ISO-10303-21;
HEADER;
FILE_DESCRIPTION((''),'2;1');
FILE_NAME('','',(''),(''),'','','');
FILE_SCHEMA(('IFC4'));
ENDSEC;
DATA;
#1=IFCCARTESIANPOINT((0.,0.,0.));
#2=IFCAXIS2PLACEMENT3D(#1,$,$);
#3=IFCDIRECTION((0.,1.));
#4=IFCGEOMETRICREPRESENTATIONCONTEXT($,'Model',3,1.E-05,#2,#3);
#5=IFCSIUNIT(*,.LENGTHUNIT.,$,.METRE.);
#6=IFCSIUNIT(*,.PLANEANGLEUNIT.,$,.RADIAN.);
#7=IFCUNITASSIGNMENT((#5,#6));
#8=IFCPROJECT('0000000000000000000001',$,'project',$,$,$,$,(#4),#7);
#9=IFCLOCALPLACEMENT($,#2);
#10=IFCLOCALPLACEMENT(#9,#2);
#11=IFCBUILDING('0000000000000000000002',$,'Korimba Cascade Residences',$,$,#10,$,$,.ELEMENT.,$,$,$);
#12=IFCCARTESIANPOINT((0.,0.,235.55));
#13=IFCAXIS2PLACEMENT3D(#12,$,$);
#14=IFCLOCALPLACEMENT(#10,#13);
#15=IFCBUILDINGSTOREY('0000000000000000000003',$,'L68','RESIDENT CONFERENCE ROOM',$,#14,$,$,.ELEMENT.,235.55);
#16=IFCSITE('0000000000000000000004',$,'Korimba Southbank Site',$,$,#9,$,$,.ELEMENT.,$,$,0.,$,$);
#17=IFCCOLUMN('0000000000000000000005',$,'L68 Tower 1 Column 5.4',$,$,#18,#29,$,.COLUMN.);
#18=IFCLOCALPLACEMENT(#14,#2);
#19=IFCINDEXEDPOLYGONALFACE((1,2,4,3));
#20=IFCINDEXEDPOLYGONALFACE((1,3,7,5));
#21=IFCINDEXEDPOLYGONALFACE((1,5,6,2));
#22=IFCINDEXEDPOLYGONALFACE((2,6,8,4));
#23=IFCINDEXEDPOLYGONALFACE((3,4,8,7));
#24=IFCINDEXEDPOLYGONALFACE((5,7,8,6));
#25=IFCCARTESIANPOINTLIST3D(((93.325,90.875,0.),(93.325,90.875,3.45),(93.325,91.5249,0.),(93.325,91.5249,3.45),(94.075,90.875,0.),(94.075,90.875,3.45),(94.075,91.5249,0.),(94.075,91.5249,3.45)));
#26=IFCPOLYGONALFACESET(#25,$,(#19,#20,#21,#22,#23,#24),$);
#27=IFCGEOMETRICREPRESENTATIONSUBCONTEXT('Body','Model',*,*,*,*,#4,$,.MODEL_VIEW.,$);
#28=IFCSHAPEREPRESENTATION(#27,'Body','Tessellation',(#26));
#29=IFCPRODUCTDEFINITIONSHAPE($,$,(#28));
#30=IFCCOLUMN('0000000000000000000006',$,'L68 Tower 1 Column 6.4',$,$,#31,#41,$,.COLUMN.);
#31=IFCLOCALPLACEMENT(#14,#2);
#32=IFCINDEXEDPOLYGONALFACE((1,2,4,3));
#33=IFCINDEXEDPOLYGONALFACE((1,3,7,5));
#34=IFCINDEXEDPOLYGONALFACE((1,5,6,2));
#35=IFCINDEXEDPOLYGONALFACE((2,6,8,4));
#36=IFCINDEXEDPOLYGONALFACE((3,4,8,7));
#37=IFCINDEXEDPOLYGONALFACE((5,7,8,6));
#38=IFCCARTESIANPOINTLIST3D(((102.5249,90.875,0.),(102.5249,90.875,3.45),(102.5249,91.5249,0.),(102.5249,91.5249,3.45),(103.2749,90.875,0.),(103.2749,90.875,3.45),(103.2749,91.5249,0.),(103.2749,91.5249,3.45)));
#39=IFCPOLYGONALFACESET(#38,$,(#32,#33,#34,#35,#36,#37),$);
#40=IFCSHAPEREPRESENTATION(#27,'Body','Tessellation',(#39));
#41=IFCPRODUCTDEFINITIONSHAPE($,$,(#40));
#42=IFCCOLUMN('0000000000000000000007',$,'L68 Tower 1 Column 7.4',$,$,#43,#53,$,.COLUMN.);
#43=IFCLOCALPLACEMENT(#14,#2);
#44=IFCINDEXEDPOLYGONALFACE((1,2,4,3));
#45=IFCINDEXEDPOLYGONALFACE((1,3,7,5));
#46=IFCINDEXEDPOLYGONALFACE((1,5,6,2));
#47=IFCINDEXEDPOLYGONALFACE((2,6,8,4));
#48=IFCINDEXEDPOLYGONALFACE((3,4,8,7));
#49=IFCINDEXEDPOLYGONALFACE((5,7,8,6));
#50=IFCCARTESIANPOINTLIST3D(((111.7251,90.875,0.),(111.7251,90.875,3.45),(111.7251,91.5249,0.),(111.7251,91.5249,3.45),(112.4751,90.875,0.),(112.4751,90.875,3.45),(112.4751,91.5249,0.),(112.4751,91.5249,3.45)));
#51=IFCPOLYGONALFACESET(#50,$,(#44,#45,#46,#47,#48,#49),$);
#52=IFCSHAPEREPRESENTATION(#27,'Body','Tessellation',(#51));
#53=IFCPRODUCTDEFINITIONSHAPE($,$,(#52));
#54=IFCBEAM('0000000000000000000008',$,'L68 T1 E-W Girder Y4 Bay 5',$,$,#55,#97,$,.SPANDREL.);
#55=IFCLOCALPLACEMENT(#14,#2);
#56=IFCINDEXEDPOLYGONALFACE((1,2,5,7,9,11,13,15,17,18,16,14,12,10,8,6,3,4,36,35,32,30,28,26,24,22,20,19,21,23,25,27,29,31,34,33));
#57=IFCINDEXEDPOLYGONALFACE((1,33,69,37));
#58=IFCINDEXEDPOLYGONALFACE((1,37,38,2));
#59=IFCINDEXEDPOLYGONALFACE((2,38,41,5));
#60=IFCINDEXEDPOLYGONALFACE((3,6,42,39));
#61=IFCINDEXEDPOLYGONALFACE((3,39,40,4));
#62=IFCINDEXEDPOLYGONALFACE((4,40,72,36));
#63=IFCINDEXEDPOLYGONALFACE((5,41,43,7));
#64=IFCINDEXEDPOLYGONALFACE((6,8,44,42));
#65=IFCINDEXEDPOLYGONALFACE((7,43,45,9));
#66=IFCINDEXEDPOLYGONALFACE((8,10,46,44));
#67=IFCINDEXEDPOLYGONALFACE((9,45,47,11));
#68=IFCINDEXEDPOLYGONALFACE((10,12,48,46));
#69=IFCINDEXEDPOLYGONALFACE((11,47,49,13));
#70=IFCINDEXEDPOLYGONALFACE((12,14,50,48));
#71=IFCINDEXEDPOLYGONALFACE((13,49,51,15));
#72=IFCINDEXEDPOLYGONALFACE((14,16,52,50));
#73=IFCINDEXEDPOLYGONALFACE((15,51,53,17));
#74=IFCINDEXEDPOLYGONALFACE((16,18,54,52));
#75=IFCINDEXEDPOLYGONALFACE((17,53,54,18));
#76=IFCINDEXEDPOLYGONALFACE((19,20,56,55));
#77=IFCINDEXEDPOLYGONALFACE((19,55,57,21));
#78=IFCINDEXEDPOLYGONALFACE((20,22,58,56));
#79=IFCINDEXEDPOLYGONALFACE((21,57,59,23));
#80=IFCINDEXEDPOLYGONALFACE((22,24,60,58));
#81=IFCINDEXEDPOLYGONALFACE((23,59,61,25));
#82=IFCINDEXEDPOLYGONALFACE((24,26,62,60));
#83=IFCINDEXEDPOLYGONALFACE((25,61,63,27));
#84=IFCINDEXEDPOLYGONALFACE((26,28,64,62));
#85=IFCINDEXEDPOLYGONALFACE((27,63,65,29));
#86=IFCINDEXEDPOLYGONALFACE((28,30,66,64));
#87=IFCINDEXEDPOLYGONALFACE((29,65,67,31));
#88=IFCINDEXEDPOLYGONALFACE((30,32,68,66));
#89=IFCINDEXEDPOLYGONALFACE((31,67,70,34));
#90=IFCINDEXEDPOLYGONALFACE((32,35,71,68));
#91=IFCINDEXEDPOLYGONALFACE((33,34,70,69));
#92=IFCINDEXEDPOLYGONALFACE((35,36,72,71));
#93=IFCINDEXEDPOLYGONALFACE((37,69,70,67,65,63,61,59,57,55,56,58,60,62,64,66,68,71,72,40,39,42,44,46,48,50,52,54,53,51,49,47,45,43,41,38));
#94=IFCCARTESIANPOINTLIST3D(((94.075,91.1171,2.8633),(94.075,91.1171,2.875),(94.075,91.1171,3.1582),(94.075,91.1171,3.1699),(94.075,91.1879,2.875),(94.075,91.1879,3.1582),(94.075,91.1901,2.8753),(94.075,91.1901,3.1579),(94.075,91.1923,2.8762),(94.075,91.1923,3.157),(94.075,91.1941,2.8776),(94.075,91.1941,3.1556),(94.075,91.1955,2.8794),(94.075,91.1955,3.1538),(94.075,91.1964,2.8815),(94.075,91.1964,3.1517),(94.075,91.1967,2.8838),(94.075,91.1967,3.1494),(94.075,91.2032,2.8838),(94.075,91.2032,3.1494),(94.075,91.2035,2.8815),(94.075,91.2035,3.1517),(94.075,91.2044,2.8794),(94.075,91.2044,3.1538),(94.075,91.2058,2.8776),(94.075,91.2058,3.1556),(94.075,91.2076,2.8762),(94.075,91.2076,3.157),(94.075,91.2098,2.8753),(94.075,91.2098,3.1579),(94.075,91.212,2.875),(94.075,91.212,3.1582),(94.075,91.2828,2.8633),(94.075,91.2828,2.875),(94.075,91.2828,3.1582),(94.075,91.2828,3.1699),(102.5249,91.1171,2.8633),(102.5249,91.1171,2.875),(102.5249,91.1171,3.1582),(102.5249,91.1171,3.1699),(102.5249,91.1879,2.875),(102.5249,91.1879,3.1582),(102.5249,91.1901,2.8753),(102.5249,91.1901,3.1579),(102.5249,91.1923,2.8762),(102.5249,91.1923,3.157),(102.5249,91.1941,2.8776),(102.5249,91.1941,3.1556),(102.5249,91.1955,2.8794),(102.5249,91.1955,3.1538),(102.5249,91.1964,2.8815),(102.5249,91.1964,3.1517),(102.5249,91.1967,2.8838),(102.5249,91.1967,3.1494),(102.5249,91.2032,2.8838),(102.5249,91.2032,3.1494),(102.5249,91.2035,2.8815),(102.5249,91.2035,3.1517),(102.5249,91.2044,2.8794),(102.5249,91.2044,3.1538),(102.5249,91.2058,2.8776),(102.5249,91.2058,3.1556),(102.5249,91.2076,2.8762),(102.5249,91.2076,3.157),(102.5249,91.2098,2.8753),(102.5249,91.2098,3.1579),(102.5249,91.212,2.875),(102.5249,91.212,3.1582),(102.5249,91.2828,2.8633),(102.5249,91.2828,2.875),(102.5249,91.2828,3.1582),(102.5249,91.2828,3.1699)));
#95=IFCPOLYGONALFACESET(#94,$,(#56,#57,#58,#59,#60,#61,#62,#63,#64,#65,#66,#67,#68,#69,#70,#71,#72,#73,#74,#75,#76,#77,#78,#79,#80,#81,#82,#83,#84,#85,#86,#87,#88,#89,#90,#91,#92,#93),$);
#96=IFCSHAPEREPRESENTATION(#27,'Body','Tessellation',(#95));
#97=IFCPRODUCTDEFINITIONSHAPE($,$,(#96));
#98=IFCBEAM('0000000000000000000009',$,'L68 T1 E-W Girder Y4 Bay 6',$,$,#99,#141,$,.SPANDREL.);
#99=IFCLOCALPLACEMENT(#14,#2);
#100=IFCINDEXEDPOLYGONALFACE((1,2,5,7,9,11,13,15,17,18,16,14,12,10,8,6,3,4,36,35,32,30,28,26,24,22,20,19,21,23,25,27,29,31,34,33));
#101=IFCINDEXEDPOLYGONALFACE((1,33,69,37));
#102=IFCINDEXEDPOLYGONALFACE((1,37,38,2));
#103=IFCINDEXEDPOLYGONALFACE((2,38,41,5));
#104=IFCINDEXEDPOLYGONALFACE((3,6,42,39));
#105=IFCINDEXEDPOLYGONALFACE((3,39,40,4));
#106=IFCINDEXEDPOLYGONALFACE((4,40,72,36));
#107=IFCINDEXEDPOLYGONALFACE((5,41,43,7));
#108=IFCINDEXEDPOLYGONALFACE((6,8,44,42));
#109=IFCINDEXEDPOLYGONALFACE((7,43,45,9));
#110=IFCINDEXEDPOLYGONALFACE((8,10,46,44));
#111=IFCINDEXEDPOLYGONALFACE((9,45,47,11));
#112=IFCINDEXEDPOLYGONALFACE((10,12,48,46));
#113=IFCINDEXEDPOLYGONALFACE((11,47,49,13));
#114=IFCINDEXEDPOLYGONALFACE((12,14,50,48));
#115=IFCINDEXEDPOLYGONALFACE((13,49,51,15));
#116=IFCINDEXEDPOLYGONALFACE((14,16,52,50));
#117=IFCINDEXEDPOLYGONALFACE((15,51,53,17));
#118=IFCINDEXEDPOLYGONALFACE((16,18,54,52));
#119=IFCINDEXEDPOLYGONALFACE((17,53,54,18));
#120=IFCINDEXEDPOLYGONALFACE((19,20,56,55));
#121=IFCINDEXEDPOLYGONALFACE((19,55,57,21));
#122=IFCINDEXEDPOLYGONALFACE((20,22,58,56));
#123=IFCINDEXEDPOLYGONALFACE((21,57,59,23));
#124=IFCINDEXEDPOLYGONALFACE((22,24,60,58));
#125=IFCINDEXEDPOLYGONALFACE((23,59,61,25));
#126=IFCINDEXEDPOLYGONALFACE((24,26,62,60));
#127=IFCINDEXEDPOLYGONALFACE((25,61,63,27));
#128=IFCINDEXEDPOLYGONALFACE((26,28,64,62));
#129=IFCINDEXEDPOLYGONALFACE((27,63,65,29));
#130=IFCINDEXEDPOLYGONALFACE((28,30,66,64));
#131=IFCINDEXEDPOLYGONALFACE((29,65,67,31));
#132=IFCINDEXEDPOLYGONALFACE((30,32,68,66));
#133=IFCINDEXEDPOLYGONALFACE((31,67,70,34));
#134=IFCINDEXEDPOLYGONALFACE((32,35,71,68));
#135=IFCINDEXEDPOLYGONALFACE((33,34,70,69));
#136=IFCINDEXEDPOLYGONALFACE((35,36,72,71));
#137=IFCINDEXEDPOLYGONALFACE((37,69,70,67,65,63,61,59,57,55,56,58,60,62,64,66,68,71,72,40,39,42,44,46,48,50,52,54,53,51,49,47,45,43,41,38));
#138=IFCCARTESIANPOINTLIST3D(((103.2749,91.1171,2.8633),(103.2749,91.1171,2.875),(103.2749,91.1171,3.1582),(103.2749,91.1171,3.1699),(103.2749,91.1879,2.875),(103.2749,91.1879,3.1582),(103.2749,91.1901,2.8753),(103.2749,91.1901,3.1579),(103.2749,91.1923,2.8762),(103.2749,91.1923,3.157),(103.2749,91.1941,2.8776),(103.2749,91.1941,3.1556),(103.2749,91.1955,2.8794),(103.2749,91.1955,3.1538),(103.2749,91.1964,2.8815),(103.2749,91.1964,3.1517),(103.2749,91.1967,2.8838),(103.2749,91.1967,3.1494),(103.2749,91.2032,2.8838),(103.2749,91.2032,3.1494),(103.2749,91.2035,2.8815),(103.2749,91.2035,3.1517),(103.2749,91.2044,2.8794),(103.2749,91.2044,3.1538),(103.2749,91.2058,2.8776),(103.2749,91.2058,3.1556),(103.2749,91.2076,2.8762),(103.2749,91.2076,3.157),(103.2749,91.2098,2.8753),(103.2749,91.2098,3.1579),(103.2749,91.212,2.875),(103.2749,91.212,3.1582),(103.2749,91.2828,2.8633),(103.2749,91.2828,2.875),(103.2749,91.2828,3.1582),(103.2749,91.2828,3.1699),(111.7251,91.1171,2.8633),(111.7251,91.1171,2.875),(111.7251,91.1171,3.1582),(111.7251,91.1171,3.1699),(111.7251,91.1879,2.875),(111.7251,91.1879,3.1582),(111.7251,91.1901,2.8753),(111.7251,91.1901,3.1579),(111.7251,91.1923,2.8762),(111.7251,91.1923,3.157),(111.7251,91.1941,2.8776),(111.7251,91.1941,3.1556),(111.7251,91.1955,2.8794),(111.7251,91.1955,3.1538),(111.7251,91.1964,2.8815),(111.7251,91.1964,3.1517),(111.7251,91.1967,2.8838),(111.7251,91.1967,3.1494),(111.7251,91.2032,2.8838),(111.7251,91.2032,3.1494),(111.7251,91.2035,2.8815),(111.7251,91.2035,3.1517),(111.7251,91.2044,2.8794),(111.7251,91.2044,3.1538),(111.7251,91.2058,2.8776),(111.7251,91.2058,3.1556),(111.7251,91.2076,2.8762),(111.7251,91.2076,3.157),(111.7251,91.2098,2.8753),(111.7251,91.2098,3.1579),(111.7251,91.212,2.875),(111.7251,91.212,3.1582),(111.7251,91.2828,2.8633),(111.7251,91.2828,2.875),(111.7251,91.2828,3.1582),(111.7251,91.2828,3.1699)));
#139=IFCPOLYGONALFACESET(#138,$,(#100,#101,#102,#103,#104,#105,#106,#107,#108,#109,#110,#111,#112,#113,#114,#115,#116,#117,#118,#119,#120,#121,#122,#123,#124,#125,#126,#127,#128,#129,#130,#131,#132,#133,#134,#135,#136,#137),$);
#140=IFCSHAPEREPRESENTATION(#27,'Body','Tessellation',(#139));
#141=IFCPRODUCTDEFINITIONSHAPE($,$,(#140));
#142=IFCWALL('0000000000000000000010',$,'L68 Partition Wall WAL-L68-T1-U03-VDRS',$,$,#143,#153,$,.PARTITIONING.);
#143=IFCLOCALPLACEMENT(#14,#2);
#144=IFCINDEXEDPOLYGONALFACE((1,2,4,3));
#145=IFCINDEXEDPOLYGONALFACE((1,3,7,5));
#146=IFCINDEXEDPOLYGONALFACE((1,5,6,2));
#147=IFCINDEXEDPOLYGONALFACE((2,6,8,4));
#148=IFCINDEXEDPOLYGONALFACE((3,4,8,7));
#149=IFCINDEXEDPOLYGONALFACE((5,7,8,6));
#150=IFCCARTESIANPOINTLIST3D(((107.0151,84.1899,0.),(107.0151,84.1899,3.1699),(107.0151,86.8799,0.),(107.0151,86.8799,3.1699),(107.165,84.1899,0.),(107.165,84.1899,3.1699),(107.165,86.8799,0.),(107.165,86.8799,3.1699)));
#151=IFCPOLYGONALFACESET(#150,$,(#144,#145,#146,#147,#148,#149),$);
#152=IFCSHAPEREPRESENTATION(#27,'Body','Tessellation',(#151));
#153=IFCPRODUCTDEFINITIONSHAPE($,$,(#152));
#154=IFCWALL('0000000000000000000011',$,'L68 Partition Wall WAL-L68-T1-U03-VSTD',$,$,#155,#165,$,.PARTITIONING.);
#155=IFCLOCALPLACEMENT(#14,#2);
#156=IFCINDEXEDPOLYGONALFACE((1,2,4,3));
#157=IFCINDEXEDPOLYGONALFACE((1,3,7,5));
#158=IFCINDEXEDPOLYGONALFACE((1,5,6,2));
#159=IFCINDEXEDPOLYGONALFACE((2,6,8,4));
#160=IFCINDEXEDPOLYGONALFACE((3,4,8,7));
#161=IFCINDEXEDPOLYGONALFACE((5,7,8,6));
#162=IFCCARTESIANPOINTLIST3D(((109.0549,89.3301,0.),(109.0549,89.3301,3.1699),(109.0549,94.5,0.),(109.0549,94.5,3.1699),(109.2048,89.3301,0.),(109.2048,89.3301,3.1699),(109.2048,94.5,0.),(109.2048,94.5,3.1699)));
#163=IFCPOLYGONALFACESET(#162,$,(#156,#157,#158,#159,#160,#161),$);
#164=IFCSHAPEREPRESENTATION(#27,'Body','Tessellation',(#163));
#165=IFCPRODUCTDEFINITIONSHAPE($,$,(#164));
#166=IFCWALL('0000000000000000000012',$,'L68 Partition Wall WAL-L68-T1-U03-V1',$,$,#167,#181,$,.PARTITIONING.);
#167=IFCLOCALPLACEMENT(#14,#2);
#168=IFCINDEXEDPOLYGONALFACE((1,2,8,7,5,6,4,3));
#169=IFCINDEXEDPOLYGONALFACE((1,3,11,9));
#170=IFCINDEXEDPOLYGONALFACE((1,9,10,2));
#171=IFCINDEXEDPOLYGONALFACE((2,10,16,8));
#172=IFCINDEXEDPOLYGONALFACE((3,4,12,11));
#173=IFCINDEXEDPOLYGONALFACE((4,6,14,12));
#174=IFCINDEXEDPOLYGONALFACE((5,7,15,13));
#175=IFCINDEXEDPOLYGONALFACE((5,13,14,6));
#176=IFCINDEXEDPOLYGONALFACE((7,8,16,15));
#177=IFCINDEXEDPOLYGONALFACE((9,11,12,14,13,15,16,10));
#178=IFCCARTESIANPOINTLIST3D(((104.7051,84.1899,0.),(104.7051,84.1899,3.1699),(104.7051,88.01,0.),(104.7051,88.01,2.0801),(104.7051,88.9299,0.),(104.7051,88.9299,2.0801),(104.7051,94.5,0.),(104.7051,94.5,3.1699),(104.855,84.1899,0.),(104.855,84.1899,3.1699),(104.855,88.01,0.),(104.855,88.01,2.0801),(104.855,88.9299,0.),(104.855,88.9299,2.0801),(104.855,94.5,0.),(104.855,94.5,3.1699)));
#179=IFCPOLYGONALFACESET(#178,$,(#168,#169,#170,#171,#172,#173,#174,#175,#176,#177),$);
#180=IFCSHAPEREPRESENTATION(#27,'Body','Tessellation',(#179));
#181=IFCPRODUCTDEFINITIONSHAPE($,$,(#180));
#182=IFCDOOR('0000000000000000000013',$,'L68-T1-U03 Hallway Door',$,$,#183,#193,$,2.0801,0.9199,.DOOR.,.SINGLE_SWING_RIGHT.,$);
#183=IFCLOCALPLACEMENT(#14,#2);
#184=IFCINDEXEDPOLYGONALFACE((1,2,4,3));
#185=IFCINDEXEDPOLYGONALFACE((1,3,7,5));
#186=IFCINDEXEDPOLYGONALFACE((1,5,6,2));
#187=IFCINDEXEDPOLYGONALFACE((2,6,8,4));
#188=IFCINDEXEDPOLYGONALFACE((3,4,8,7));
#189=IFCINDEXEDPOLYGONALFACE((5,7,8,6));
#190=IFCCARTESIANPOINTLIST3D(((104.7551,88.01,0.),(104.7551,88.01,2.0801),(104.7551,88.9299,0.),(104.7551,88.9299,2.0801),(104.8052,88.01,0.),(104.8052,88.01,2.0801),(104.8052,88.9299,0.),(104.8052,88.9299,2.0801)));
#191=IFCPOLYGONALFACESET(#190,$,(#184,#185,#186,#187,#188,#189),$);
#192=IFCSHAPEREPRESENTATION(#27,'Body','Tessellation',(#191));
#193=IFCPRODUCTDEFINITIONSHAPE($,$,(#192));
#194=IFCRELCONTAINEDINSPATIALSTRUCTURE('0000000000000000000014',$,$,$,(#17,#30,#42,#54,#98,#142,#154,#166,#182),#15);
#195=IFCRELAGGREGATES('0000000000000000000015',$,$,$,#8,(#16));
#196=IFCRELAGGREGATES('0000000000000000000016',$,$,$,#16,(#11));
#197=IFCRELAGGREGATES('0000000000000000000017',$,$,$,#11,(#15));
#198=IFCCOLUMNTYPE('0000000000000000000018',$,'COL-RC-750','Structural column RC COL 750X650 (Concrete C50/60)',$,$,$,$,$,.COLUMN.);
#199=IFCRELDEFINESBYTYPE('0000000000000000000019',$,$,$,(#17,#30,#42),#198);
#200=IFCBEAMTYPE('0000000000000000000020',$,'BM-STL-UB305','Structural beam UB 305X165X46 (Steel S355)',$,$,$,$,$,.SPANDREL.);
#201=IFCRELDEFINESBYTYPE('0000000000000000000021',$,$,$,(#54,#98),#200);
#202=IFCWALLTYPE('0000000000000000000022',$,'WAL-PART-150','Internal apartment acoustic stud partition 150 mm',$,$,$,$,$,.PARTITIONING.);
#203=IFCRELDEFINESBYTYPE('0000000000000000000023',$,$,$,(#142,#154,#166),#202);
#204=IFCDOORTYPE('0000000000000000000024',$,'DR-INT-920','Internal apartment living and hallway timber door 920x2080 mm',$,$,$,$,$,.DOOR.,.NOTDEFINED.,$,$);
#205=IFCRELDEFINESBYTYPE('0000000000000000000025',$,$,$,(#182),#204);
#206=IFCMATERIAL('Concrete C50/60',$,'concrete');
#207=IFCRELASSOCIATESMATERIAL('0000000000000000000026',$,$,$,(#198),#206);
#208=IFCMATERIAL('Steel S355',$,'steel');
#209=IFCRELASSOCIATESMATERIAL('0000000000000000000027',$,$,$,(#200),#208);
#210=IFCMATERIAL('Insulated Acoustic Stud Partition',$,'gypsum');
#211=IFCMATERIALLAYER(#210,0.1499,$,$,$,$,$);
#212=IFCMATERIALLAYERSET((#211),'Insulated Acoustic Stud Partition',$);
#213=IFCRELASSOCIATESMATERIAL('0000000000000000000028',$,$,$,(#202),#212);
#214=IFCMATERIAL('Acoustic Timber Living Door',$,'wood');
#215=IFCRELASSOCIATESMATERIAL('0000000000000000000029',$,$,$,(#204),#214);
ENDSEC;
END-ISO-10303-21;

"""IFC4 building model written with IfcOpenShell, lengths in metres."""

from ifc_helpers import new_model, si_unit, direction, frame, frame_2d, origin, origin_2d, place, context, subcontext, project, spatial, rectangle, i_section, extrude, material, layer, layer_set, material_profile, profile_set, type_object, element, fill, save


model = new_model("IFC4")

# Units and contexts
model_context = context("Model", 3, precision=1e-05, world=origin(), true_north=direction((0.0, 1.0)))
body_context = subcontext(model_context, "Body", "Model", "MODEL_VIEW")
ifc_project = project(units=[si_unit("LENGTHUNIT", "METRE"), si_unit("PLANEANGLEUNIT", "RADIAN")], contexts=[model_context])

# Site, building, storey
site_placement = place(None, origin())
site = spatial("IfcSite", under=ifc_project, at=site_placement, Name="Korimba Southbank Site", CompositionType="ELEMENT", RefElevation=0.0)
building_placement = place(site_placement, origin())
building = spatial("IfcBuilding", under=site, at=building_placement, Name="Korimba Cascade Residences", CompositionType="ELEMENT")
storey_placement = place(building_placement, frame((0.0, 0.0, 235.55)))
storey = spatial("IfcBuildingStorey", under=building, at=storey_placement, Name="L68", Description="RESIDENT CONFERENCE ROOM", CompositionType="ELEMENT", Elevation=235.55)

# Columns
ifc_material_1 = material(Name="Concrete C50/60", Category="concrete")
ifc_material_profile_1 = material_profile(ifc_material_1, rectangle(XDim=0.75, YDim=0.6499, at=origin_2d()), Name="Concrete C50/60")
ifc_profile_set_1 = profile_set([ifc_material_profile_1], Name="Concrete C50/60")
column_type = type_object("IfcColumnType", Name="COL-RC-750", Description="Structural column RC COL 750X650 (Concrete C50/60)", PredefinedType="COLUMN", material=ifc_profile_set_1)
for number, where, z_axis, x_axis, name in (
    (1, (93.7, 91.2, 0.0), (0.0, 0.0, 1.0), (1.0, 0.0, 0.0), "L68 Tower 1 Column 5.4"),
    (2, (102.8999, 91.2, 0.0), (0.0, 0.0, 1.0), (1.0, 0.0, 0.0), "L68 Tower 1 Column 6.4"),
    (3, (112.1001, 91.2, 0.0), (0.0, 0.0, 1.0), (1.0, 0.0, 0.0), "L68 Tower 1 Column 7.4"),
):
    element("IfcColumn", number, at=place(storey_placement, frame(where, z_axis=z_axis, x_axis=x_axis)), inside=storey, type_object=column_type, Name=name, PredefinedType="COLUMN", context=body_context, shape_type="SweptSolid", body=[
        extrude(rectangle(XDim=0.75, YDim=0.6499, at=origin_2d()), origin(), (0.0, 0.0, 1.0), 3.45),
    ])

# Beams
ifc_material_2 = material(Name="Steel S355", Category="steel")
ifc_material_profile_2 = material_profile(ifc_material_2, i_section(OverallWidth=0.1658, OverallDepth=0.3066, WebThickness=0.0066, FlangeThickness=0.0117, FilletRadius=0.0088, at=origin_2d()), Name="Steel S355")
ifc_profile_set_2 = profile_set([ifc_material_profile_2], Name="Steel S355")
beam_type = type_object("IfcBeamType", Name="BM-STL-UB305", Description="Structural beam UB 305X165X46 (Steel S355)", PredefinedType="SPANDREL", material=ifc_profile_set_2)
beam_1_placement = place(storey_placement, frame((94.075, 91.2, 3.0166), z_axis=(1.0, 0.0, 0.0), x_axis=(0.0, 1.0, 0.0)))
element("IfcBeam", 4, at=beam_1_placement, inside=storey, type_object=beam_type, Name="L68 T1 E-W Girder Y4 Bay 5", PredefinedType="SPANDREL", context=body_context, shape_type="SweptSolid", body=[
    extrude(i_section(OverallWidth=0.1658, OverallDepth=0.3066, WebThickness=0.0066, FlangeThickness=0.0117, FilletRadius=0.0088, at=origin_2d()), origin(), (0.0, 0.0, 1.0), 8.45),
])
beam_2_placement = place(storey_placement, frame((103.2749, 91.2, 3.0166), z_axis=(1.0, 0.0, 0.0), x_axis=(0.0, 1.0, 0.0)))
element("IfcBeam", 5, at=beam_2_placement, inside=storey, type_object=beam_type, Name="L68 T1 E-W Girder Y4 Bay 6", PredefinedType="SPANDREL", context=body_context, shape_type="SweptSolid", body=[
    extrude(i_section(OverallWidth=0.1658, OverallDepth=0.3066, WebThickness=0.0066, FlangeThickness=0.0117, FilletRadius=0.0088, at=origin_2d()), origin(), (0.0, 0.0, 1.0), 8.4502),
])

# Walls
ifc_material_3 = material(Name="Insulated Acoustic Stud Partition", Category="gypsum")
ifc_layer = layer(ifc_material_3, 0.1499)
ifc_layer_set = layer_set([ifc_layer], Name="Insulated Acoustic Stud Partition")
wall_type = type_object("IfcWallType", Name="WAL-PART-150", Description="Internal apartment acoustic stud partition 150 mm", PredefinedType="PARTITIONING", material=ifc_layer_set)
wall_1_placement = place(storey_placement, frame((107.0901, 84.1899, 0.0), z_axis=(0.0, 0.0, 1.0), x_axis=(0.0, 1.0, 0.0)))
element("IfcWall", 6, at=wall_1_placement, inside=storey, type_object=wall_type, Name="L68 Partition Wall WAL-L68-T1-U03-VDRS", PredefinedType="PARTITIONING", context=body_context, shape_type="SweptSolid", body=[
    extrude(rectangle(XDim=2.6899, YDim=0.1499, at=frame_2d((1.345, 0.0))), origin(), (0.0, 0.0, 1.0), 3.1699),
])
wall_2_placement = place(storey_placement, frame((109.1299, 89.3301, 0.0), z_axis=(0.0, 0.0, 1.0), x_axis=(0.0, 1.0, 0.0)))
element("IfcWall", 7, at=wall_2_placement, inside=storey, type_object=wall_type, Name="L68 Partition Wall WAL-L68-T1-U03-VSTD", PredefinedType="PARTITIONING", context=body_context, shape_type="SweptSolid", body=[
    extrude(rectangle(XDim=5.1699, YDim=0.1499, at=frame_2d((2.585, 0.0))), origin(), (0.0, 0.0, 1.0), 3.1699),
])

# Wall, opening, door
wall_3_placement = place(storey_placement, frame((104.78, 84.1899, 0.0), z_axis=(0.0, 0.0, 1.0), x_axis=(0.0, 1.0, 0.0)))
wall_3 = element("IfcWall", 8, at=wall_3_placement, inside=storey, type_object=wall_type, Name="L68 Partition Wall WAL-L68-T1-U03-V1", PredefinedType="PARTITIONING", context=body_context, shape_type="SweptSolid", body=[
    extrude(rectangle(XDim=10.3101, YDim=0.1499, at=frame_2d((5.155, 0.0))), origin(), (0.0, 0.0, 1.0), 3.1699),
])
opening_1_placement = place(wall_3_placement, frame((3.8201, 0.0, 0.0)))
opening_1 = element("IfcOpeningElement", 9, at=opening_1_placement, cuts=wall_3, PredefinedType="OPENING", context=body_context, shape_type="SweptSolid", body=[
    extrude(rectangle(XDim=0.9199, YDim=2.0801, at=frame_2d((0.46, 1.04))), frame((0.0, 0.085, 0.0), z_axis=(0.0, -1.0, 0.0), x_axis=(1.0, 0.0, 0.0)), (0.0, 0.0, 1.0), 0.1699),
])
ifc_material_4 = material(Name="Acoustic Timber Living Door", Category="wood")
door_type_1 = type_object("IfcDoorType", Name="DR-INT-920", Description="Internal apartment living and hallway timber door 920x2080 mm", OperationType="NOTDEFINED", PredefinedType="DOOR", material=ifc_material_4)
door_1_placement = place(opening_1_placement, origin())
door_1 = element("IfcDoor", 10, at=door_1_placement, inside=storey, type_object=door_type_1, Name="L68-T1-U03 Hallway Door", OperationType="SINGLE_SWING_RIGHT", OverallHeight=2.0801, OverallWidth=0.9199, PredefinedType="DOOR", context=body_context, shape_type="SweptSolid", body=[
    extrude(rectangle(XDim=0.9199, YDim=2.0801, at=frame_2d((0.46, 1.04))), frame((0.0, 0.0249, 0.0), z_axis=(0.0, -1.0, 0.0), x_axis=(1.0, 0.0, 0.0)), (0.0, 0.0, 1.0), 0.05),
])
fill(opening_1, door_1)

save(model, "model.ifc")
